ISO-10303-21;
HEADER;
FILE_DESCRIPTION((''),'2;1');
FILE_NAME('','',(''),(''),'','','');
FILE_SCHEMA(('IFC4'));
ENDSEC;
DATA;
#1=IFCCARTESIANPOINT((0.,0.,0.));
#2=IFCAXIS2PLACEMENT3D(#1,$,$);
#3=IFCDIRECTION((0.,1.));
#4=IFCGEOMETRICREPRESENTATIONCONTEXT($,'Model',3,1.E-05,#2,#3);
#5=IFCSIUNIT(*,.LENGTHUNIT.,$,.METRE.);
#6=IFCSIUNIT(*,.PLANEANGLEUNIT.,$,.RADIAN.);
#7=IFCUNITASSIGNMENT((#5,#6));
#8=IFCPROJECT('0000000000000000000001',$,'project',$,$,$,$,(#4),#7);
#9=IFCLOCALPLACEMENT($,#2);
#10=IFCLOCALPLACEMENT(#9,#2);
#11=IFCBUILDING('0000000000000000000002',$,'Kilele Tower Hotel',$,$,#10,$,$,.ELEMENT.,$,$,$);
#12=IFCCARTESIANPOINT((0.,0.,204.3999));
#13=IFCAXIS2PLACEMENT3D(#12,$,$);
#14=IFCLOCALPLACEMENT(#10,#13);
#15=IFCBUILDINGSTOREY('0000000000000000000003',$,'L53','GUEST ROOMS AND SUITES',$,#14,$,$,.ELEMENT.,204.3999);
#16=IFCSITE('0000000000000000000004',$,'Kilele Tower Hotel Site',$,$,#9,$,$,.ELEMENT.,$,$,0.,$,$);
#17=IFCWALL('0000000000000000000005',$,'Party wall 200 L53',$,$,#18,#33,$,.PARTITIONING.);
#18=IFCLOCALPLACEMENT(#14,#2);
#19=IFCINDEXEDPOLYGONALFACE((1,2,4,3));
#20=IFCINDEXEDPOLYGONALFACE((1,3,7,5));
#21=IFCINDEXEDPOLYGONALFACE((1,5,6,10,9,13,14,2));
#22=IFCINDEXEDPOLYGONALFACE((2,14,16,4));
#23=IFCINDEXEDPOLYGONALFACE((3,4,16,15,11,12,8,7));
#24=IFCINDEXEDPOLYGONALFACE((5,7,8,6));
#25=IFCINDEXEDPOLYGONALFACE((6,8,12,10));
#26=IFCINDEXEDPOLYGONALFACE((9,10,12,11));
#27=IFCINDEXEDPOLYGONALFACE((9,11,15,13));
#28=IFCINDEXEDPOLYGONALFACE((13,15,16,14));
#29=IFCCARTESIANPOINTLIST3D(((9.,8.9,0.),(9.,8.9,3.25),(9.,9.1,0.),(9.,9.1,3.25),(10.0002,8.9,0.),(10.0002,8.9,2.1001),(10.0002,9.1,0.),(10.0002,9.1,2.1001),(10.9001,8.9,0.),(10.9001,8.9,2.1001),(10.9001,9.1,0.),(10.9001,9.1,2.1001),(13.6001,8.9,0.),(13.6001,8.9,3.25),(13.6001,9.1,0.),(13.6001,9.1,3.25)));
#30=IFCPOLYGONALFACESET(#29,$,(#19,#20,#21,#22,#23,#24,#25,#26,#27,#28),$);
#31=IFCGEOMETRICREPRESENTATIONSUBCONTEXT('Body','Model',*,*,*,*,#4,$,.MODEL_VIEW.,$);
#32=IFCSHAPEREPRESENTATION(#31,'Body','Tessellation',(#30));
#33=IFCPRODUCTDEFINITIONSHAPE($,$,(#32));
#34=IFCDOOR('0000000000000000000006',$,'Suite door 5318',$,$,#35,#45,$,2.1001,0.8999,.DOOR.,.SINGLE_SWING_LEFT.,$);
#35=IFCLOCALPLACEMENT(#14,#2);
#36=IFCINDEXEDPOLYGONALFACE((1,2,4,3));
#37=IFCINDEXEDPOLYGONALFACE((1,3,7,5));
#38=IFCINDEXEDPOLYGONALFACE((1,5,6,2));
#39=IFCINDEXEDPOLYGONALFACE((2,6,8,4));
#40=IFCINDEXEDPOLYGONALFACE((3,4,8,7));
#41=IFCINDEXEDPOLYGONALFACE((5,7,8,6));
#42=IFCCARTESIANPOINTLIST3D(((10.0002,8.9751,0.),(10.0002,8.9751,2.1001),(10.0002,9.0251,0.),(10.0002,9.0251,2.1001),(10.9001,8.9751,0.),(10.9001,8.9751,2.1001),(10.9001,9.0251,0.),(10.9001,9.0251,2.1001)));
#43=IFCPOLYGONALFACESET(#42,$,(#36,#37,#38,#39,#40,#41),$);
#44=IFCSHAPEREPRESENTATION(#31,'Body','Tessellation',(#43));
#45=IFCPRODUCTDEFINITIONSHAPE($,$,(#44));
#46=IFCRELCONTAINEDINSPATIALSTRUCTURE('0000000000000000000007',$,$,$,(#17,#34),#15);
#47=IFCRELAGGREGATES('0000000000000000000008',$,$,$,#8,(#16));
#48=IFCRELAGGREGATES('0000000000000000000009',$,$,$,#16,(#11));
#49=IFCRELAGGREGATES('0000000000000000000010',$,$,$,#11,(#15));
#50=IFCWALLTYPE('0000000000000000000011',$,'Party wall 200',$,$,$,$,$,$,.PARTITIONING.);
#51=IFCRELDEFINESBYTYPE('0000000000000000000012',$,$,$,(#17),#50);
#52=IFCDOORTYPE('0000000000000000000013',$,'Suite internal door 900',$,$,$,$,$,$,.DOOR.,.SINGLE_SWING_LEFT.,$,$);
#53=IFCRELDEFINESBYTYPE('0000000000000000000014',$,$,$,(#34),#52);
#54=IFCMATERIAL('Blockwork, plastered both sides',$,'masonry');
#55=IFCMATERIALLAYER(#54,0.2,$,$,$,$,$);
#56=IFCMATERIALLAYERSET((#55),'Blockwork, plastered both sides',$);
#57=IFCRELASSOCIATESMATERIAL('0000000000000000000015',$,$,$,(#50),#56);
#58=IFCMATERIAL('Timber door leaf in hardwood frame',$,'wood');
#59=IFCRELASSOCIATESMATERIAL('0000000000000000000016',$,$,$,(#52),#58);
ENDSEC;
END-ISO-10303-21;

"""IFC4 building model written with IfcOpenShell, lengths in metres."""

from ifc_helpers import new_model, si_unit, direction, frame, frame_2d, origin, place, context, subcontext, project, spatial, rectangle, extrude, material, layer, layer_set, type_object, element, fill, save


model = new_model("IFC4")

# Units and contexts
model_context = context("Model", 3, precision=1e-05, world=origin(), true_north=direction((0.0, 1.0)))
body_context = subcontext(model_context, "Body", "Model", "MODEL_VIEW")
ifc_project = project(units=[si_unit("LENGTHUNIT", "METRE"), si_unit("PLANEANGLEUNIT", "RADIAN")], contexts=[model_context])

# Site, building, storey
site_placement = place(None, origin())
site = spatial("IfcSite", under=ifc_project, at=site_placement, Name="Kilele Tower Hotel Site", CompositionType="ELEMENT", RefElevation=0.0)
building_placement = place(site_placement, origin())
building = spatial("IfcBuilding", under=site, at=building_placement, Name="Kilele Tower Hotel", CompositionType="ELEMENT")
storey_placement = place(building_placement, frame((0.0, 0.0, 204.3999)))
storey = spatial("IfcBuildingStorey", under=building, at=storey_placement, Name="L53", Description="GUEST ROOMS AND SUITES", CompositionType="ELEMENT", Elevation=204.3999)

# Shared definitions
ifc_material_1 = material(Name="Blockwork, plastered both sides", Category="masonry")
ifc_layer_1 = layer(ifc_material_1, 0.2)
ifc_layer_set_1 = layer_set([ifc_layer_1], Name="Blockwork, plastered both sides")
wall_type_1 = type_object("IfcWallType", Name="Party wall 200", PredefinedType="PARTITIONING", material=ifc_layer_set_1)

# Wall, opening, door
wall_1_placement = place(storey_placement, frame((13.6001, 9.0, 0.0), z_axis=(0.0, 0.0, 1.0), x_axis=(-1.0, 0.0, 0.0)))
wall_1 = element("IfcWall", 1, at=wall_1_placement, inside=storey, type_object=wall_type_1, Name="Party wall 200 L53", PredefinedType="PARTITIONING", context=body_context, shape_type="SweptSolid", body=[
    extrude(rectangle(XDim=4.6001, YDim=0.2, at=frame_2d((2.3, 0.0))), origin(), (0.0, 0.0, 1.0), 3.25),
])
opening_1_placement = place(wall_1_placement, frame((2.7, 0.0, 0.0)))
opening_1 = element("IfcOpeningElement", 2, at=opening_1_placement, cuts=wall_1, PredefinedType="OPENING", context=body_context, shape_type="SweptSolid", body=[
    extrude(rectangle(XDim=0.8999, YDim=2.1001, at=frame_2d((0.45, 1.05))), frame((0.0, 0.1099, 0.0), z_axis=(0.0, -1.0, 0.0), x_axis=(1.0, 0.0, 0.0)), (0.0, 0.0, 1.0), 0.22),
])
ifc_material_2 = material(Name="Timber door leaf in hardwood frame", Category="wood")
door_type_1 = type_object("IfcDoorType", Name="Suite internal door 900", OperationType="SINGLE_SWING_LEFT", PredefinedType="DOOR", material=ifc_material_2)
door_1_placement = place(opening_1_placement, origin())
door_1 = element("IfcDoor", 3, at=door_1_placement, inside=storey, type_object=door_type_1, Name="Suite door 5318", OperationType="SINGLE_SWING_LEFT", OverallHeight=2.1001, OverallWidth=0.8999, PredefinedType="DOOR", context=body_context, shape_type="SweptSolid", body=[
    extrude(rectangle(XDim=0.8999, YDim=2.1001, at=frame_2d((0.45, 1.05))), frame((0.0, 0.0249, 0.0), z_axis=(0.0, -1.0, 0.0), x_axis=(1.0, 0.0, 0.0)), (0.0, 0.0, 1.0), 0.05),
])
fill(opening_1, door_1)

save(model, "model.ifc")
